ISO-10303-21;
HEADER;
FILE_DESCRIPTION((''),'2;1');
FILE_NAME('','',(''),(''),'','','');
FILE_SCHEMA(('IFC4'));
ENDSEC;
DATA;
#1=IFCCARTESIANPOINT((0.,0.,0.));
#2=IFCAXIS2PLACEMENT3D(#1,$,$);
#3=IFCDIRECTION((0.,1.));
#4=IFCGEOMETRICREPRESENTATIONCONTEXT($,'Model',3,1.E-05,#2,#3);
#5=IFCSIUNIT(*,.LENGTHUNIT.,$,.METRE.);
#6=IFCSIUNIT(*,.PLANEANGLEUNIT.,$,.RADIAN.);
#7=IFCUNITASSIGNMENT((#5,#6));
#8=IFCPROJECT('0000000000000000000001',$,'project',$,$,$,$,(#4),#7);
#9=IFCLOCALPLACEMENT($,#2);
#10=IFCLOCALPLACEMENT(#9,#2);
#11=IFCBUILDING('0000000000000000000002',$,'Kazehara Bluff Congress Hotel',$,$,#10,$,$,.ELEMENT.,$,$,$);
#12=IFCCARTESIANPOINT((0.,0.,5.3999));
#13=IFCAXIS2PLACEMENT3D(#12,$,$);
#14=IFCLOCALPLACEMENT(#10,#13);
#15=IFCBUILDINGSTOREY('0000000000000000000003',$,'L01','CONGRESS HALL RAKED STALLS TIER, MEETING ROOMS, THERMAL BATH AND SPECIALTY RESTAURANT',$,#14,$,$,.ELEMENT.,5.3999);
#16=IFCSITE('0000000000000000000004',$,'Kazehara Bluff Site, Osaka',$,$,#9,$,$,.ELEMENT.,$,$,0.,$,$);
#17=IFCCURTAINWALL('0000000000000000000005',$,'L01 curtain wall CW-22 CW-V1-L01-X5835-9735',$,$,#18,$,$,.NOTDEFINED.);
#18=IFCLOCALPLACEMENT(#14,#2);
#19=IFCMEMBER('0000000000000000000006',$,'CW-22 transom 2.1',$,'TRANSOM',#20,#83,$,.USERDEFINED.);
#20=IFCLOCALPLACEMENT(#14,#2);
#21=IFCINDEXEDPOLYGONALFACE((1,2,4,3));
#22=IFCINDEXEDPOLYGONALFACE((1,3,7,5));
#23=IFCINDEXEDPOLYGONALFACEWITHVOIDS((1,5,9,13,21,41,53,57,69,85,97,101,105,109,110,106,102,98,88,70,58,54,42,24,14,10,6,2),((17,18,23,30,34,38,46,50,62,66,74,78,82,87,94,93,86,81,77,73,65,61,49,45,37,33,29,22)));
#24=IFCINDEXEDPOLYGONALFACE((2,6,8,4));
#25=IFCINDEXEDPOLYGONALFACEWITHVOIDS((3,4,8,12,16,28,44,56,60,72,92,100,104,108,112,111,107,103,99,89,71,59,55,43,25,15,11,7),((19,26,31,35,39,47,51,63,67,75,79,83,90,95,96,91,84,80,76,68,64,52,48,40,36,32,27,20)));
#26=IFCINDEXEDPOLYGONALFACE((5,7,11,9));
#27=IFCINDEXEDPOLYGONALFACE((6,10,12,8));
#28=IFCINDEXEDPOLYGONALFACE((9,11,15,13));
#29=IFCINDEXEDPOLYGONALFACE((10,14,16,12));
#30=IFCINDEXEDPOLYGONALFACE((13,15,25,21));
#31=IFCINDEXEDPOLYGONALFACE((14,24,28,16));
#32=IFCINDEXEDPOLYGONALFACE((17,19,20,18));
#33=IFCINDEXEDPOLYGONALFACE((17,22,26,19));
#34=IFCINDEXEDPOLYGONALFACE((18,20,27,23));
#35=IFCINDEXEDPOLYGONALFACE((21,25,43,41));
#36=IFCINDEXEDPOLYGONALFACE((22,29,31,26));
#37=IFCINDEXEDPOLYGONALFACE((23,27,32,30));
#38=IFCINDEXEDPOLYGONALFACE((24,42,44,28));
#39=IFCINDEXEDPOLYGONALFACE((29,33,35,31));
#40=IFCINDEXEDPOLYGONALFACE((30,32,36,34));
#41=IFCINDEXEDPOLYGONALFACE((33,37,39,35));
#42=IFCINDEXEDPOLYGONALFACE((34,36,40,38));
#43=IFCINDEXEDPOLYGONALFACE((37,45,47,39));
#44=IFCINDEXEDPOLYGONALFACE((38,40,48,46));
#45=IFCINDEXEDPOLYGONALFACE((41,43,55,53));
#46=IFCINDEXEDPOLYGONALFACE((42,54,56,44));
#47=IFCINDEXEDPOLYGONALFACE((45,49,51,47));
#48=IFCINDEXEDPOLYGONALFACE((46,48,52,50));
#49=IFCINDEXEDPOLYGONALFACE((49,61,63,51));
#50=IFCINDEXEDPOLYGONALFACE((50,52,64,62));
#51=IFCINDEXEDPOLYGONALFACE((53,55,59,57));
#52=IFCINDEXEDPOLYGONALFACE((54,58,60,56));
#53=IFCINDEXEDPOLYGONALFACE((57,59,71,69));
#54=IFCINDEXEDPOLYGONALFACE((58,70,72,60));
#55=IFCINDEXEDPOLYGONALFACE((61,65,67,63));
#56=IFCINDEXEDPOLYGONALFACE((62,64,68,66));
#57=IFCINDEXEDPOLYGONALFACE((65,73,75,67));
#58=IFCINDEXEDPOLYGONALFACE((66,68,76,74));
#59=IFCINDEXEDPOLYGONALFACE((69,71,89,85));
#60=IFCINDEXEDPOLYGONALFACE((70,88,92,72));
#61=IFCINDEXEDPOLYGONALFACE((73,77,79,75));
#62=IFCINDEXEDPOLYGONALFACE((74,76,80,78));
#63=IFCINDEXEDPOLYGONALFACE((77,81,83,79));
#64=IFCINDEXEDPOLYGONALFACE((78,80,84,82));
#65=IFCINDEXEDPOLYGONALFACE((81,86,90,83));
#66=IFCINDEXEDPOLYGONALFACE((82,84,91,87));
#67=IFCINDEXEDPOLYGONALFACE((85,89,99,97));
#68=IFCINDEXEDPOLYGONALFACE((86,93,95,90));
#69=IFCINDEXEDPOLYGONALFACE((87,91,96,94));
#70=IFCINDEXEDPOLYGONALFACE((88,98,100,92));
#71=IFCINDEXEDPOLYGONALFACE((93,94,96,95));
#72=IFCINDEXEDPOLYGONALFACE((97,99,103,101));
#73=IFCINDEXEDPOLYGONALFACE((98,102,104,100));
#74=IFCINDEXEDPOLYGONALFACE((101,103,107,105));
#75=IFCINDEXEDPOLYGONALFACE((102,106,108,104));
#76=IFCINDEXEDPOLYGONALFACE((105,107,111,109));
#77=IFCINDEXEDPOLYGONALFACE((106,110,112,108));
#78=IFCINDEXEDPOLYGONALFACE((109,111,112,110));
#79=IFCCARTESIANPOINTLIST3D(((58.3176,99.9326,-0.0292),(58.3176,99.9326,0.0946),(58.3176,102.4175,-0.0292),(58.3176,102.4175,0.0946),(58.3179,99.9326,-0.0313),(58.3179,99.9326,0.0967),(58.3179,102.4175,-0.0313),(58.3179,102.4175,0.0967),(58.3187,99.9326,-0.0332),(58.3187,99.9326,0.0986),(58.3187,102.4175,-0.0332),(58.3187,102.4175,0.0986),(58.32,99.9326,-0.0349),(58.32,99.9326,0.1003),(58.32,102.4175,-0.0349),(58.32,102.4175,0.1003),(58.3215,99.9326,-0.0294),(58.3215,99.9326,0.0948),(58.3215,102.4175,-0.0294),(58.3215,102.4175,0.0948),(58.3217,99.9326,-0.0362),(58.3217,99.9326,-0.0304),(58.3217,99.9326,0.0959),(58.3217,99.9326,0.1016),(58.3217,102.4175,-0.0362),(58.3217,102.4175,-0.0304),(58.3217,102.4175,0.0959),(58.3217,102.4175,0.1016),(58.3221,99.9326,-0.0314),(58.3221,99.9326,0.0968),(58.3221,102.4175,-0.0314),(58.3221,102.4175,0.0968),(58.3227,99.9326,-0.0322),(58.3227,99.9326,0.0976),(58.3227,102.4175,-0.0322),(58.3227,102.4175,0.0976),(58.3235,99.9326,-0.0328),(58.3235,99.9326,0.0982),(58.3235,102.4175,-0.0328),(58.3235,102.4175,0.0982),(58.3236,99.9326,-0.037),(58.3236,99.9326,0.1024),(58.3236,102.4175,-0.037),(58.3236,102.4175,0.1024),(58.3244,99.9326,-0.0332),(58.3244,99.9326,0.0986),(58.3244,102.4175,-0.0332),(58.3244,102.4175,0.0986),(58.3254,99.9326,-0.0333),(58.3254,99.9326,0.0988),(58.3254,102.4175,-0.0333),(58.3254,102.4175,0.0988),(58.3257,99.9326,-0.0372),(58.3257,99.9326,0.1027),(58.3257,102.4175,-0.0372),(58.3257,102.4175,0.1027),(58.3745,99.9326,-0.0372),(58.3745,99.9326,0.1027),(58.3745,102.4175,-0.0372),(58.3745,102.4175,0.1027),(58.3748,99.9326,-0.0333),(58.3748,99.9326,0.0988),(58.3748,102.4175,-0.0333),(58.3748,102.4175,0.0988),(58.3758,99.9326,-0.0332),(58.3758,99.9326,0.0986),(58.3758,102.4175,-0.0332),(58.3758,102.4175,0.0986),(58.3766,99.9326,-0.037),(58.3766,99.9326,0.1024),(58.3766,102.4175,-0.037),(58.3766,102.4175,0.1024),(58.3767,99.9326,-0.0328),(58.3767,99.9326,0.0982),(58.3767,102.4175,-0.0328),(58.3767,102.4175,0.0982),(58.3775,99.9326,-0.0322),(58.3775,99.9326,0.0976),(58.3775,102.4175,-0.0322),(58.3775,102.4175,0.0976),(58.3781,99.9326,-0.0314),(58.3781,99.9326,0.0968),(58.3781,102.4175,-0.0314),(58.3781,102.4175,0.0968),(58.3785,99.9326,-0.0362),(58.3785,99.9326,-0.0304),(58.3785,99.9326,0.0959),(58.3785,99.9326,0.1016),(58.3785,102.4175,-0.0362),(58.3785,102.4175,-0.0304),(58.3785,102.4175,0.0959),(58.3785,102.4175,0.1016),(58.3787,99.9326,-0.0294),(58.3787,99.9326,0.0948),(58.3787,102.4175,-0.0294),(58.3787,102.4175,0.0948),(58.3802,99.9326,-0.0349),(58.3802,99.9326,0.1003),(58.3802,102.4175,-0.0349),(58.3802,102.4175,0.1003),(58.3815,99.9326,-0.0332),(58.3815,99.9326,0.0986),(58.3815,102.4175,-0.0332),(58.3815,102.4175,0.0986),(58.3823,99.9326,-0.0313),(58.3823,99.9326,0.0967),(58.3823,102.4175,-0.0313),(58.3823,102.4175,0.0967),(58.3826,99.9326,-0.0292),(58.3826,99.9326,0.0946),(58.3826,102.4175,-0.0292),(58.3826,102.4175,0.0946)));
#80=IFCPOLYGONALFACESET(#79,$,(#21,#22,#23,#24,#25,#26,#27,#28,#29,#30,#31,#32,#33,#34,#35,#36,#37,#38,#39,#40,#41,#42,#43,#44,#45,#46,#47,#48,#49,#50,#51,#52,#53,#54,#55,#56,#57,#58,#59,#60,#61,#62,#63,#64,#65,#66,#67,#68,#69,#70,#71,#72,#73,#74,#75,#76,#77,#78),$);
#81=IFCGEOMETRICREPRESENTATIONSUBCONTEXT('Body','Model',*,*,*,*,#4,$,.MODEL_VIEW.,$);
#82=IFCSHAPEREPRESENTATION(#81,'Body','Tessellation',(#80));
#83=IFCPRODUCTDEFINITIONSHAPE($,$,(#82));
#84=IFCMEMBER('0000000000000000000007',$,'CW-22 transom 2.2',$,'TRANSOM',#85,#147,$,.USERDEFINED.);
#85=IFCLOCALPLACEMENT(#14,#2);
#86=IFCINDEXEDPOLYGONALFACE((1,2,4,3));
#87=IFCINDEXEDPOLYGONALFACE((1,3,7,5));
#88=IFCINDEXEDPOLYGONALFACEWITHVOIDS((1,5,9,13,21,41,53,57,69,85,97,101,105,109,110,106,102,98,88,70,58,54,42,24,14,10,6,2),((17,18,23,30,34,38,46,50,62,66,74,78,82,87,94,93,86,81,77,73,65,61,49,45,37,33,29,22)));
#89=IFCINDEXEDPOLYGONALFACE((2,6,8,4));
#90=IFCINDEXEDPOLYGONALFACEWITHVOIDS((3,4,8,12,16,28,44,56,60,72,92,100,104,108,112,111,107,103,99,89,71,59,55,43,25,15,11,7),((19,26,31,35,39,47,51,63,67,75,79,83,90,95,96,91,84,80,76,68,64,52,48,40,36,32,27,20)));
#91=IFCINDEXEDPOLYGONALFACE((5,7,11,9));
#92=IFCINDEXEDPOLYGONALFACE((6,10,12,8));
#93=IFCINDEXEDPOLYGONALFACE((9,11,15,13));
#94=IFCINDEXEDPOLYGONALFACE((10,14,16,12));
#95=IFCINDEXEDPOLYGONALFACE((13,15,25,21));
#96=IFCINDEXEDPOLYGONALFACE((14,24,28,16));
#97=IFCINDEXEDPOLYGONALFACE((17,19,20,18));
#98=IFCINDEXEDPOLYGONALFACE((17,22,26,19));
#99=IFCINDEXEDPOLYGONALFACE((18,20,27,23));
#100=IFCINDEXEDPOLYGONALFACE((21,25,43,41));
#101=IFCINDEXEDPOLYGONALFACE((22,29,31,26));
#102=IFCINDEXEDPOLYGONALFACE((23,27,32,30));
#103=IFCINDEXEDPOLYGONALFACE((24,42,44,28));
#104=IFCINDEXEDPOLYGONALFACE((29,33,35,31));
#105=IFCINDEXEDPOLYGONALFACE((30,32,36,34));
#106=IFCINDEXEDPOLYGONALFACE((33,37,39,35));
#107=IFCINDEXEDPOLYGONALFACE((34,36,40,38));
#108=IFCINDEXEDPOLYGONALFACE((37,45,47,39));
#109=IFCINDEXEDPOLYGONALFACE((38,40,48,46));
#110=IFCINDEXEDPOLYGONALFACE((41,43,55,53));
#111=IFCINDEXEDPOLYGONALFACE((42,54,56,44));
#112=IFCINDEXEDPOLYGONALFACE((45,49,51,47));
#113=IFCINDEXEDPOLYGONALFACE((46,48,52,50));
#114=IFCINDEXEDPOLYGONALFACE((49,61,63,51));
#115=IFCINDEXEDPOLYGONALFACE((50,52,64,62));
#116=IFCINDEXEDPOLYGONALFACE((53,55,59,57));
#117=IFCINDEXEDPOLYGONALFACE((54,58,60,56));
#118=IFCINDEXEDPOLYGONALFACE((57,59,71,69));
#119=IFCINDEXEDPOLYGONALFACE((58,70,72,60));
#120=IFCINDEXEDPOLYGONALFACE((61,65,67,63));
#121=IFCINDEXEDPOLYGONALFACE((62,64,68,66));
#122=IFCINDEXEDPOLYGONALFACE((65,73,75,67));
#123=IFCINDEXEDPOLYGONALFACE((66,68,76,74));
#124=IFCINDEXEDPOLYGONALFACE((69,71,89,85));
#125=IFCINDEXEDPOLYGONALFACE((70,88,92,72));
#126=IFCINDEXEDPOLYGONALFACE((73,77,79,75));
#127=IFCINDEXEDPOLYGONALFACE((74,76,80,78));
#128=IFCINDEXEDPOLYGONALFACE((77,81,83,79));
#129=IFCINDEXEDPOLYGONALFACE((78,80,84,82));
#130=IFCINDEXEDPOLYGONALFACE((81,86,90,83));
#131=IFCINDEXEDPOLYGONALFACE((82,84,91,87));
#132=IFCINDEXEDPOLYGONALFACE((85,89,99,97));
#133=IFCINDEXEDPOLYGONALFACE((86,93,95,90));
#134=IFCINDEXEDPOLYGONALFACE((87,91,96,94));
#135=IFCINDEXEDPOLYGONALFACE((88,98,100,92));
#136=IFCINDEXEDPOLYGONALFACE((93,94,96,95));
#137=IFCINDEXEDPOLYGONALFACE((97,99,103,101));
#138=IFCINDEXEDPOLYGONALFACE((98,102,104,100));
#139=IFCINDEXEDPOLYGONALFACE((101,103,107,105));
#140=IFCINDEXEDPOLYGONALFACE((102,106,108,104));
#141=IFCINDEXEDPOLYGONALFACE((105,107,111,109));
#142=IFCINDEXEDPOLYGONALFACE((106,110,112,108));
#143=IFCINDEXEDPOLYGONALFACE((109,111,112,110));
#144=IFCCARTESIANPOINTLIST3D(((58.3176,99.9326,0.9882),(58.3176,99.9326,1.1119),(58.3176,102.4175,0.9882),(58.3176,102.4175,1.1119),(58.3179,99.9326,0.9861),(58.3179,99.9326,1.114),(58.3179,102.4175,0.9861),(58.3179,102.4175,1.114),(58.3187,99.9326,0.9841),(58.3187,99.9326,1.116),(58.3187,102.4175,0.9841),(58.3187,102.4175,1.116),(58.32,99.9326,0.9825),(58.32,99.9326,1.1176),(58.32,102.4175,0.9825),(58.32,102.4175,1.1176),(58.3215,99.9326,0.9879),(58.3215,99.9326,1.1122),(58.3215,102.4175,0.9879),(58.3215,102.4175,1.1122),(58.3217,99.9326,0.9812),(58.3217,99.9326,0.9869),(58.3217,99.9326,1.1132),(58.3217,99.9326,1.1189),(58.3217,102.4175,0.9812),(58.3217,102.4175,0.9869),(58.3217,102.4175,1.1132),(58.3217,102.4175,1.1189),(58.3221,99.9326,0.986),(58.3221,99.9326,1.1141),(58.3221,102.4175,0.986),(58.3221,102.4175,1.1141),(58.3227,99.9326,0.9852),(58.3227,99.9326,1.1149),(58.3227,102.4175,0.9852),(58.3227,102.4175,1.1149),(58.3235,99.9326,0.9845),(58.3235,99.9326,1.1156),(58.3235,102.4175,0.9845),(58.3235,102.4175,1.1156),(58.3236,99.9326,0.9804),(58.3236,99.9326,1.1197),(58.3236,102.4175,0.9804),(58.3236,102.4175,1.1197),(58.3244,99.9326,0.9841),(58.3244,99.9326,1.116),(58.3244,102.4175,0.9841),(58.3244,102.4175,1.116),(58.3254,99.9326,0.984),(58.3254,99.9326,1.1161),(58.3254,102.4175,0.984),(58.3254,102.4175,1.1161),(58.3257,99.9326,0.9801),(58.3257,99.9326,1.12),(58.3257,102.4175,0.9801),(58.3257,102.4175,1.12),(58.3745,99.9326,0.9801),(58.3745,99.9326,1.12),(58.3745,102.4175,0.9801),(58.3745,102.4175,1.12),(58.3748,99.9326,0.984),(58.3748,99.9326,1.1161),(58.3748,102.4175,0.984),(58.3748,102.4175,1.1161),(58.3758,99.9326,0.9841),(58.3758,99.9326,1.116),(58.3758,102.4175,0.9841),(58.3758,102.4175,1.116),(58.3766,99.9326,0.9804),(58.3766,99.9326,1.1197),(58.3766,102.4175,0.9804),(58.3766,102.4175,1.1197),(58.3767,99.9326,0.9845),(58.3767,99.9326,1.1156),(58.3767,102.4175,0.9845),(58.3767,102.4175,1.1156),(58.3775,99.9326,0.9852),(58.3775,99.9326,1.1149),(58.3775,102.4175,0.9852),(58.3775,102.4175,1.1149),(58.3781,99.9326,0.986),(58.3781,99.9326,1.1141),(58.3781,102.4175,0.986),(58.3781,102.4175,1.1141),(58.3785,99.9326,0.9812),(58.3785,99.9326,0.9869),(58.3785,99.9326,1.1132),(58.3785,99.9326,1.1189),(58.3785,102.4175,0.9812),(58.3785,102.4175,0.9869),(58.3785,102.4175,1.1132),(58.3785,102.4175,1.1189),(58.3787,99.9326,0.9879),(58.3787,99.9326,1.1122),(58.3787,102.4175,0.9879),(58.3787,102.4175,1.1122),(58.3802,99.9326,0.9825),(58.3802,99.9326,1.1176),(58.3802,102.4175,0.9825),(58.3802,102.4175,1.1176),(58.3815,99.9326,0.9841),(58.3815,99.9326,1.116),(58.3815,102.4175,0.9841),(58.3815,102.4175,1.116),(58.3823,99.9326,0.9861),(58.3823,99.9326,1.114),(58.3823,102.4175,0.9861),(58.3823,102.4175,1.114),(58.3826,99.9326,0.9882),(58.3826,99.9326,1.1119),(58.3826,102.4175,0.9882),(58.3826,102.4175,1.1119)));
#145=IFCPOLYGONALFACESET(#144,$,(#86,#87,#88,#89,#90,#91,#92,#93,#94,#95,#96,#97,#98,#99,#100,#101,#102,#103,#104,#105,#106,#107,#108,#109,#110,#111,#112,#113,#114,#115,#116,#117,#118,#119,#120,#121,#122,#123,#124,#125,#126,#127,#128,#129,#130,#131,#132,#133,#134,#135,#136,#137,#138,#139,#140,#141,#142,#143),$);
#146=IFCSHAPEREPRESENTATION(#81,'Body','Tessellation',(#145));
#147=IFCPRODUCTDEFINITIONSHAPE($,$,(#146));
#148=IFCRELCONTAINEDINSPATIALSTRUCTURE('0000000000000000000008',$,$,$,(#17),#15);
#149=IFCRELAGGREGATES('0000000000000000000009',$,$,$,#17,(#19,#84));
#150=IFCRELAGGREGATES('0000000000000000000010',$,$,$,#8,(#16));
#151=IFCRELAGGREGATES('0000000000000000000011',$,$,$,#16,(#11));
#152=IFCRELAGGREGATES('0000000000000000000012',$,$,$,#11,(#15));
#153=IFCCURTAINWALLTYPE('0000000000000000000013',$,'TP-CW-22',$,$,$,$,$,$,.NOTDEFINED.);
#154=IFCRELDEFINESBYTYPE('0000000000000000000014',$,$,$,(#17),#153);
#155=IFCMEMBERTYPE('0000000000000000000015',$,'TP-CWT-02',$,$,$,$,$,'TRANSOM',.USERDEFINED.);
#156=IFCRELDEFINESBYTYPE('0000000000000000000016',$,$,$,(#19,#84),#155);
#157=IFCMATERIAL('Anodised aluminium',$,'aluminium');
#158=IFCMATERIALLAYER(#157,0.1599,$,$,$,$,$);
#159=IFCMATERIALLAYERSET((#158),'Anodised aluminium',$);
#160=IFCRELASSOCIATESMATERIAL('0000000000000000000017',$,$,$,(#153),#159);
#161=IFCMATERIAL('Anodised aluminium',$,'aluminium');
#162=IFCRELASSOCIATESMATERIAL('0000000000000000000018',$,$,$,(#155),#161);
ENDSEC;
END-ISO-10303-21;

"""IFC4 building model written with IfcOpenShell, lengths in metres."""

from ifc_helpers import new_model, si_unit, direction, frame, origin, origin_2d, place, context, subcontext, project, spatial, hollow_rectangle, extrude, material, layer, layer_set, material_profile, profile_set, type_object, element, aggregate, save


model = new_model("IFC4")

# Units and contexts
model_context = context("Model", 3, precision=1e-05, world=origin(), true_north=direction((0.0, 1.0)))
body_context = subcontext(model_context, "Body", "Model", "MODEL_VIEW")
ifc_project = project(units=[si_unit("LENGTHUNIT", "METRE"), si_unit("PLANEANGLEUNIT", "RADIAN")], contexts=[model_context])

# Site, building, storey
site_placement = place(None, origin())
site = spatial("IfcSite", under=ifc_project, at=site_placement, Name="Kazehara Bluff Site, Osaka", CompositionType="ELEMENT", RefElevation=0.0)
building_placement = place(site_placement, origin())
building = spatial("IfcBuilding", under=site, at=building_placement, Name="Kazehara Bluff Congress Hotel", CompositionType="ELEMENT")
storey_placement = place(building_placement, frame((0.0, 0.0, 5.3999)))
storey = spatial("IfcBuildingStorey", under=building, at=storey_placement, Name="L01", Description="CONGRESS HALL RAKED STALLS TIER, MEETING ROOMS, THERMAL BATH AND SPECIALTY RESTAURANT", CompositionType="ELEMENT", Elevation=5.3999)

# Curtain wall, members
ifc_material_1 = material(Name="Anodised aluminium", Category="aluminium")
ifc_layer_1 = layer(ifc_material_1, 0.1599)
ifc_layer_set_1 = layer_set([ifc_layer_1], Name="Anodised aluminium")
curtain_wall_type = type_object("IfcCurtainWallType", Name="TP-CW-22", PredefinedType="NOTDEFINED", material=ifc_layer_set_1)
curtain_wall_placement = place(storey_placement, origin())
curtain_wall = element("IfcCurtainWall", 1, at=curtain_wall_placement, inside=storey, type_object=curtain_wall_type, Name="L01 curtain wall CW-22 CW-V1-L01-X5835-9735", PredefinedType="NOTDEFINED")
ifc_material_2 = material(Name="Anodised aluminium", Category="aluminium")
ifc_material_profile_1 = material_profile(ifc_material_2, hollow_rectangle(XDim=0.0649, YDim=0.1399, WallThickness=0.0039, InnerFilletRadius=0.0039, OuterFilletRadius=0.0081, at=origin_2d()))
ifc_profile_set_1 = profile_set([ifc_material_profile_1], Name="Anodised aluminium")
member_type_1 = type_object("IfcMemberType", Name="TP-CWT-02", ElementType="TRANSOM", PredefinedType="USERDEFINED", material=ifc_profile_set_1)
member_1_placement = place(storey_placement, frame((58.3501, 99.9326, 0.0327), z_axis=(0.0, 1.0, 0.0), x_axis=(-1.0, 0.0, 0.0)))
member_1 = element("IfcMember", 2, at=member_1_placement, type_object=member_type_1, Name="CW-22 transom 2.1", ObjectType="TRANSOM", PredefinedType="USERDEFINED", context=body_context, shape_type="SweptSolid", body=[
    extrude(hollow_rectangle(XDim=0.0649, YDim=0.1399, WallThickness=0.0039, InnerFilletRadius=0.0039, OuterFilletRadius=0.0081, at=origin_2d()), origin(), (0.0, 0.0, 1.0), 2.4849),
])
member_2_placement = place(storey_placement, frame((58.3501, 99.9326, 1.05), z_axis=(0.0, 1.0, 0.0), x_axis=(-1.0, 0.0, 0.0)))
member_2 = element("IfcMember", 3, at=member_2_placement, type_object=member_type_1, Name="CW-22 transom 2.2", ObjectType="TRANSOM", PredefinedType="USERDEFINED", context=body_context, shape_type="SweptSolid", body=[
    extrude(hollow_rectangle(XDim=0.0649, YDim=0.1399, WallThickness=0.0039, InnerFilletRadius=0.0039, OuterFilletRadius=0.0081, at=origin_2d()), origin(), (0.0, 0.0, 1.0), 2.4849),
])

aggregate(curtain_wall, [member_1, member_2])

save(model, "model.ifc")
